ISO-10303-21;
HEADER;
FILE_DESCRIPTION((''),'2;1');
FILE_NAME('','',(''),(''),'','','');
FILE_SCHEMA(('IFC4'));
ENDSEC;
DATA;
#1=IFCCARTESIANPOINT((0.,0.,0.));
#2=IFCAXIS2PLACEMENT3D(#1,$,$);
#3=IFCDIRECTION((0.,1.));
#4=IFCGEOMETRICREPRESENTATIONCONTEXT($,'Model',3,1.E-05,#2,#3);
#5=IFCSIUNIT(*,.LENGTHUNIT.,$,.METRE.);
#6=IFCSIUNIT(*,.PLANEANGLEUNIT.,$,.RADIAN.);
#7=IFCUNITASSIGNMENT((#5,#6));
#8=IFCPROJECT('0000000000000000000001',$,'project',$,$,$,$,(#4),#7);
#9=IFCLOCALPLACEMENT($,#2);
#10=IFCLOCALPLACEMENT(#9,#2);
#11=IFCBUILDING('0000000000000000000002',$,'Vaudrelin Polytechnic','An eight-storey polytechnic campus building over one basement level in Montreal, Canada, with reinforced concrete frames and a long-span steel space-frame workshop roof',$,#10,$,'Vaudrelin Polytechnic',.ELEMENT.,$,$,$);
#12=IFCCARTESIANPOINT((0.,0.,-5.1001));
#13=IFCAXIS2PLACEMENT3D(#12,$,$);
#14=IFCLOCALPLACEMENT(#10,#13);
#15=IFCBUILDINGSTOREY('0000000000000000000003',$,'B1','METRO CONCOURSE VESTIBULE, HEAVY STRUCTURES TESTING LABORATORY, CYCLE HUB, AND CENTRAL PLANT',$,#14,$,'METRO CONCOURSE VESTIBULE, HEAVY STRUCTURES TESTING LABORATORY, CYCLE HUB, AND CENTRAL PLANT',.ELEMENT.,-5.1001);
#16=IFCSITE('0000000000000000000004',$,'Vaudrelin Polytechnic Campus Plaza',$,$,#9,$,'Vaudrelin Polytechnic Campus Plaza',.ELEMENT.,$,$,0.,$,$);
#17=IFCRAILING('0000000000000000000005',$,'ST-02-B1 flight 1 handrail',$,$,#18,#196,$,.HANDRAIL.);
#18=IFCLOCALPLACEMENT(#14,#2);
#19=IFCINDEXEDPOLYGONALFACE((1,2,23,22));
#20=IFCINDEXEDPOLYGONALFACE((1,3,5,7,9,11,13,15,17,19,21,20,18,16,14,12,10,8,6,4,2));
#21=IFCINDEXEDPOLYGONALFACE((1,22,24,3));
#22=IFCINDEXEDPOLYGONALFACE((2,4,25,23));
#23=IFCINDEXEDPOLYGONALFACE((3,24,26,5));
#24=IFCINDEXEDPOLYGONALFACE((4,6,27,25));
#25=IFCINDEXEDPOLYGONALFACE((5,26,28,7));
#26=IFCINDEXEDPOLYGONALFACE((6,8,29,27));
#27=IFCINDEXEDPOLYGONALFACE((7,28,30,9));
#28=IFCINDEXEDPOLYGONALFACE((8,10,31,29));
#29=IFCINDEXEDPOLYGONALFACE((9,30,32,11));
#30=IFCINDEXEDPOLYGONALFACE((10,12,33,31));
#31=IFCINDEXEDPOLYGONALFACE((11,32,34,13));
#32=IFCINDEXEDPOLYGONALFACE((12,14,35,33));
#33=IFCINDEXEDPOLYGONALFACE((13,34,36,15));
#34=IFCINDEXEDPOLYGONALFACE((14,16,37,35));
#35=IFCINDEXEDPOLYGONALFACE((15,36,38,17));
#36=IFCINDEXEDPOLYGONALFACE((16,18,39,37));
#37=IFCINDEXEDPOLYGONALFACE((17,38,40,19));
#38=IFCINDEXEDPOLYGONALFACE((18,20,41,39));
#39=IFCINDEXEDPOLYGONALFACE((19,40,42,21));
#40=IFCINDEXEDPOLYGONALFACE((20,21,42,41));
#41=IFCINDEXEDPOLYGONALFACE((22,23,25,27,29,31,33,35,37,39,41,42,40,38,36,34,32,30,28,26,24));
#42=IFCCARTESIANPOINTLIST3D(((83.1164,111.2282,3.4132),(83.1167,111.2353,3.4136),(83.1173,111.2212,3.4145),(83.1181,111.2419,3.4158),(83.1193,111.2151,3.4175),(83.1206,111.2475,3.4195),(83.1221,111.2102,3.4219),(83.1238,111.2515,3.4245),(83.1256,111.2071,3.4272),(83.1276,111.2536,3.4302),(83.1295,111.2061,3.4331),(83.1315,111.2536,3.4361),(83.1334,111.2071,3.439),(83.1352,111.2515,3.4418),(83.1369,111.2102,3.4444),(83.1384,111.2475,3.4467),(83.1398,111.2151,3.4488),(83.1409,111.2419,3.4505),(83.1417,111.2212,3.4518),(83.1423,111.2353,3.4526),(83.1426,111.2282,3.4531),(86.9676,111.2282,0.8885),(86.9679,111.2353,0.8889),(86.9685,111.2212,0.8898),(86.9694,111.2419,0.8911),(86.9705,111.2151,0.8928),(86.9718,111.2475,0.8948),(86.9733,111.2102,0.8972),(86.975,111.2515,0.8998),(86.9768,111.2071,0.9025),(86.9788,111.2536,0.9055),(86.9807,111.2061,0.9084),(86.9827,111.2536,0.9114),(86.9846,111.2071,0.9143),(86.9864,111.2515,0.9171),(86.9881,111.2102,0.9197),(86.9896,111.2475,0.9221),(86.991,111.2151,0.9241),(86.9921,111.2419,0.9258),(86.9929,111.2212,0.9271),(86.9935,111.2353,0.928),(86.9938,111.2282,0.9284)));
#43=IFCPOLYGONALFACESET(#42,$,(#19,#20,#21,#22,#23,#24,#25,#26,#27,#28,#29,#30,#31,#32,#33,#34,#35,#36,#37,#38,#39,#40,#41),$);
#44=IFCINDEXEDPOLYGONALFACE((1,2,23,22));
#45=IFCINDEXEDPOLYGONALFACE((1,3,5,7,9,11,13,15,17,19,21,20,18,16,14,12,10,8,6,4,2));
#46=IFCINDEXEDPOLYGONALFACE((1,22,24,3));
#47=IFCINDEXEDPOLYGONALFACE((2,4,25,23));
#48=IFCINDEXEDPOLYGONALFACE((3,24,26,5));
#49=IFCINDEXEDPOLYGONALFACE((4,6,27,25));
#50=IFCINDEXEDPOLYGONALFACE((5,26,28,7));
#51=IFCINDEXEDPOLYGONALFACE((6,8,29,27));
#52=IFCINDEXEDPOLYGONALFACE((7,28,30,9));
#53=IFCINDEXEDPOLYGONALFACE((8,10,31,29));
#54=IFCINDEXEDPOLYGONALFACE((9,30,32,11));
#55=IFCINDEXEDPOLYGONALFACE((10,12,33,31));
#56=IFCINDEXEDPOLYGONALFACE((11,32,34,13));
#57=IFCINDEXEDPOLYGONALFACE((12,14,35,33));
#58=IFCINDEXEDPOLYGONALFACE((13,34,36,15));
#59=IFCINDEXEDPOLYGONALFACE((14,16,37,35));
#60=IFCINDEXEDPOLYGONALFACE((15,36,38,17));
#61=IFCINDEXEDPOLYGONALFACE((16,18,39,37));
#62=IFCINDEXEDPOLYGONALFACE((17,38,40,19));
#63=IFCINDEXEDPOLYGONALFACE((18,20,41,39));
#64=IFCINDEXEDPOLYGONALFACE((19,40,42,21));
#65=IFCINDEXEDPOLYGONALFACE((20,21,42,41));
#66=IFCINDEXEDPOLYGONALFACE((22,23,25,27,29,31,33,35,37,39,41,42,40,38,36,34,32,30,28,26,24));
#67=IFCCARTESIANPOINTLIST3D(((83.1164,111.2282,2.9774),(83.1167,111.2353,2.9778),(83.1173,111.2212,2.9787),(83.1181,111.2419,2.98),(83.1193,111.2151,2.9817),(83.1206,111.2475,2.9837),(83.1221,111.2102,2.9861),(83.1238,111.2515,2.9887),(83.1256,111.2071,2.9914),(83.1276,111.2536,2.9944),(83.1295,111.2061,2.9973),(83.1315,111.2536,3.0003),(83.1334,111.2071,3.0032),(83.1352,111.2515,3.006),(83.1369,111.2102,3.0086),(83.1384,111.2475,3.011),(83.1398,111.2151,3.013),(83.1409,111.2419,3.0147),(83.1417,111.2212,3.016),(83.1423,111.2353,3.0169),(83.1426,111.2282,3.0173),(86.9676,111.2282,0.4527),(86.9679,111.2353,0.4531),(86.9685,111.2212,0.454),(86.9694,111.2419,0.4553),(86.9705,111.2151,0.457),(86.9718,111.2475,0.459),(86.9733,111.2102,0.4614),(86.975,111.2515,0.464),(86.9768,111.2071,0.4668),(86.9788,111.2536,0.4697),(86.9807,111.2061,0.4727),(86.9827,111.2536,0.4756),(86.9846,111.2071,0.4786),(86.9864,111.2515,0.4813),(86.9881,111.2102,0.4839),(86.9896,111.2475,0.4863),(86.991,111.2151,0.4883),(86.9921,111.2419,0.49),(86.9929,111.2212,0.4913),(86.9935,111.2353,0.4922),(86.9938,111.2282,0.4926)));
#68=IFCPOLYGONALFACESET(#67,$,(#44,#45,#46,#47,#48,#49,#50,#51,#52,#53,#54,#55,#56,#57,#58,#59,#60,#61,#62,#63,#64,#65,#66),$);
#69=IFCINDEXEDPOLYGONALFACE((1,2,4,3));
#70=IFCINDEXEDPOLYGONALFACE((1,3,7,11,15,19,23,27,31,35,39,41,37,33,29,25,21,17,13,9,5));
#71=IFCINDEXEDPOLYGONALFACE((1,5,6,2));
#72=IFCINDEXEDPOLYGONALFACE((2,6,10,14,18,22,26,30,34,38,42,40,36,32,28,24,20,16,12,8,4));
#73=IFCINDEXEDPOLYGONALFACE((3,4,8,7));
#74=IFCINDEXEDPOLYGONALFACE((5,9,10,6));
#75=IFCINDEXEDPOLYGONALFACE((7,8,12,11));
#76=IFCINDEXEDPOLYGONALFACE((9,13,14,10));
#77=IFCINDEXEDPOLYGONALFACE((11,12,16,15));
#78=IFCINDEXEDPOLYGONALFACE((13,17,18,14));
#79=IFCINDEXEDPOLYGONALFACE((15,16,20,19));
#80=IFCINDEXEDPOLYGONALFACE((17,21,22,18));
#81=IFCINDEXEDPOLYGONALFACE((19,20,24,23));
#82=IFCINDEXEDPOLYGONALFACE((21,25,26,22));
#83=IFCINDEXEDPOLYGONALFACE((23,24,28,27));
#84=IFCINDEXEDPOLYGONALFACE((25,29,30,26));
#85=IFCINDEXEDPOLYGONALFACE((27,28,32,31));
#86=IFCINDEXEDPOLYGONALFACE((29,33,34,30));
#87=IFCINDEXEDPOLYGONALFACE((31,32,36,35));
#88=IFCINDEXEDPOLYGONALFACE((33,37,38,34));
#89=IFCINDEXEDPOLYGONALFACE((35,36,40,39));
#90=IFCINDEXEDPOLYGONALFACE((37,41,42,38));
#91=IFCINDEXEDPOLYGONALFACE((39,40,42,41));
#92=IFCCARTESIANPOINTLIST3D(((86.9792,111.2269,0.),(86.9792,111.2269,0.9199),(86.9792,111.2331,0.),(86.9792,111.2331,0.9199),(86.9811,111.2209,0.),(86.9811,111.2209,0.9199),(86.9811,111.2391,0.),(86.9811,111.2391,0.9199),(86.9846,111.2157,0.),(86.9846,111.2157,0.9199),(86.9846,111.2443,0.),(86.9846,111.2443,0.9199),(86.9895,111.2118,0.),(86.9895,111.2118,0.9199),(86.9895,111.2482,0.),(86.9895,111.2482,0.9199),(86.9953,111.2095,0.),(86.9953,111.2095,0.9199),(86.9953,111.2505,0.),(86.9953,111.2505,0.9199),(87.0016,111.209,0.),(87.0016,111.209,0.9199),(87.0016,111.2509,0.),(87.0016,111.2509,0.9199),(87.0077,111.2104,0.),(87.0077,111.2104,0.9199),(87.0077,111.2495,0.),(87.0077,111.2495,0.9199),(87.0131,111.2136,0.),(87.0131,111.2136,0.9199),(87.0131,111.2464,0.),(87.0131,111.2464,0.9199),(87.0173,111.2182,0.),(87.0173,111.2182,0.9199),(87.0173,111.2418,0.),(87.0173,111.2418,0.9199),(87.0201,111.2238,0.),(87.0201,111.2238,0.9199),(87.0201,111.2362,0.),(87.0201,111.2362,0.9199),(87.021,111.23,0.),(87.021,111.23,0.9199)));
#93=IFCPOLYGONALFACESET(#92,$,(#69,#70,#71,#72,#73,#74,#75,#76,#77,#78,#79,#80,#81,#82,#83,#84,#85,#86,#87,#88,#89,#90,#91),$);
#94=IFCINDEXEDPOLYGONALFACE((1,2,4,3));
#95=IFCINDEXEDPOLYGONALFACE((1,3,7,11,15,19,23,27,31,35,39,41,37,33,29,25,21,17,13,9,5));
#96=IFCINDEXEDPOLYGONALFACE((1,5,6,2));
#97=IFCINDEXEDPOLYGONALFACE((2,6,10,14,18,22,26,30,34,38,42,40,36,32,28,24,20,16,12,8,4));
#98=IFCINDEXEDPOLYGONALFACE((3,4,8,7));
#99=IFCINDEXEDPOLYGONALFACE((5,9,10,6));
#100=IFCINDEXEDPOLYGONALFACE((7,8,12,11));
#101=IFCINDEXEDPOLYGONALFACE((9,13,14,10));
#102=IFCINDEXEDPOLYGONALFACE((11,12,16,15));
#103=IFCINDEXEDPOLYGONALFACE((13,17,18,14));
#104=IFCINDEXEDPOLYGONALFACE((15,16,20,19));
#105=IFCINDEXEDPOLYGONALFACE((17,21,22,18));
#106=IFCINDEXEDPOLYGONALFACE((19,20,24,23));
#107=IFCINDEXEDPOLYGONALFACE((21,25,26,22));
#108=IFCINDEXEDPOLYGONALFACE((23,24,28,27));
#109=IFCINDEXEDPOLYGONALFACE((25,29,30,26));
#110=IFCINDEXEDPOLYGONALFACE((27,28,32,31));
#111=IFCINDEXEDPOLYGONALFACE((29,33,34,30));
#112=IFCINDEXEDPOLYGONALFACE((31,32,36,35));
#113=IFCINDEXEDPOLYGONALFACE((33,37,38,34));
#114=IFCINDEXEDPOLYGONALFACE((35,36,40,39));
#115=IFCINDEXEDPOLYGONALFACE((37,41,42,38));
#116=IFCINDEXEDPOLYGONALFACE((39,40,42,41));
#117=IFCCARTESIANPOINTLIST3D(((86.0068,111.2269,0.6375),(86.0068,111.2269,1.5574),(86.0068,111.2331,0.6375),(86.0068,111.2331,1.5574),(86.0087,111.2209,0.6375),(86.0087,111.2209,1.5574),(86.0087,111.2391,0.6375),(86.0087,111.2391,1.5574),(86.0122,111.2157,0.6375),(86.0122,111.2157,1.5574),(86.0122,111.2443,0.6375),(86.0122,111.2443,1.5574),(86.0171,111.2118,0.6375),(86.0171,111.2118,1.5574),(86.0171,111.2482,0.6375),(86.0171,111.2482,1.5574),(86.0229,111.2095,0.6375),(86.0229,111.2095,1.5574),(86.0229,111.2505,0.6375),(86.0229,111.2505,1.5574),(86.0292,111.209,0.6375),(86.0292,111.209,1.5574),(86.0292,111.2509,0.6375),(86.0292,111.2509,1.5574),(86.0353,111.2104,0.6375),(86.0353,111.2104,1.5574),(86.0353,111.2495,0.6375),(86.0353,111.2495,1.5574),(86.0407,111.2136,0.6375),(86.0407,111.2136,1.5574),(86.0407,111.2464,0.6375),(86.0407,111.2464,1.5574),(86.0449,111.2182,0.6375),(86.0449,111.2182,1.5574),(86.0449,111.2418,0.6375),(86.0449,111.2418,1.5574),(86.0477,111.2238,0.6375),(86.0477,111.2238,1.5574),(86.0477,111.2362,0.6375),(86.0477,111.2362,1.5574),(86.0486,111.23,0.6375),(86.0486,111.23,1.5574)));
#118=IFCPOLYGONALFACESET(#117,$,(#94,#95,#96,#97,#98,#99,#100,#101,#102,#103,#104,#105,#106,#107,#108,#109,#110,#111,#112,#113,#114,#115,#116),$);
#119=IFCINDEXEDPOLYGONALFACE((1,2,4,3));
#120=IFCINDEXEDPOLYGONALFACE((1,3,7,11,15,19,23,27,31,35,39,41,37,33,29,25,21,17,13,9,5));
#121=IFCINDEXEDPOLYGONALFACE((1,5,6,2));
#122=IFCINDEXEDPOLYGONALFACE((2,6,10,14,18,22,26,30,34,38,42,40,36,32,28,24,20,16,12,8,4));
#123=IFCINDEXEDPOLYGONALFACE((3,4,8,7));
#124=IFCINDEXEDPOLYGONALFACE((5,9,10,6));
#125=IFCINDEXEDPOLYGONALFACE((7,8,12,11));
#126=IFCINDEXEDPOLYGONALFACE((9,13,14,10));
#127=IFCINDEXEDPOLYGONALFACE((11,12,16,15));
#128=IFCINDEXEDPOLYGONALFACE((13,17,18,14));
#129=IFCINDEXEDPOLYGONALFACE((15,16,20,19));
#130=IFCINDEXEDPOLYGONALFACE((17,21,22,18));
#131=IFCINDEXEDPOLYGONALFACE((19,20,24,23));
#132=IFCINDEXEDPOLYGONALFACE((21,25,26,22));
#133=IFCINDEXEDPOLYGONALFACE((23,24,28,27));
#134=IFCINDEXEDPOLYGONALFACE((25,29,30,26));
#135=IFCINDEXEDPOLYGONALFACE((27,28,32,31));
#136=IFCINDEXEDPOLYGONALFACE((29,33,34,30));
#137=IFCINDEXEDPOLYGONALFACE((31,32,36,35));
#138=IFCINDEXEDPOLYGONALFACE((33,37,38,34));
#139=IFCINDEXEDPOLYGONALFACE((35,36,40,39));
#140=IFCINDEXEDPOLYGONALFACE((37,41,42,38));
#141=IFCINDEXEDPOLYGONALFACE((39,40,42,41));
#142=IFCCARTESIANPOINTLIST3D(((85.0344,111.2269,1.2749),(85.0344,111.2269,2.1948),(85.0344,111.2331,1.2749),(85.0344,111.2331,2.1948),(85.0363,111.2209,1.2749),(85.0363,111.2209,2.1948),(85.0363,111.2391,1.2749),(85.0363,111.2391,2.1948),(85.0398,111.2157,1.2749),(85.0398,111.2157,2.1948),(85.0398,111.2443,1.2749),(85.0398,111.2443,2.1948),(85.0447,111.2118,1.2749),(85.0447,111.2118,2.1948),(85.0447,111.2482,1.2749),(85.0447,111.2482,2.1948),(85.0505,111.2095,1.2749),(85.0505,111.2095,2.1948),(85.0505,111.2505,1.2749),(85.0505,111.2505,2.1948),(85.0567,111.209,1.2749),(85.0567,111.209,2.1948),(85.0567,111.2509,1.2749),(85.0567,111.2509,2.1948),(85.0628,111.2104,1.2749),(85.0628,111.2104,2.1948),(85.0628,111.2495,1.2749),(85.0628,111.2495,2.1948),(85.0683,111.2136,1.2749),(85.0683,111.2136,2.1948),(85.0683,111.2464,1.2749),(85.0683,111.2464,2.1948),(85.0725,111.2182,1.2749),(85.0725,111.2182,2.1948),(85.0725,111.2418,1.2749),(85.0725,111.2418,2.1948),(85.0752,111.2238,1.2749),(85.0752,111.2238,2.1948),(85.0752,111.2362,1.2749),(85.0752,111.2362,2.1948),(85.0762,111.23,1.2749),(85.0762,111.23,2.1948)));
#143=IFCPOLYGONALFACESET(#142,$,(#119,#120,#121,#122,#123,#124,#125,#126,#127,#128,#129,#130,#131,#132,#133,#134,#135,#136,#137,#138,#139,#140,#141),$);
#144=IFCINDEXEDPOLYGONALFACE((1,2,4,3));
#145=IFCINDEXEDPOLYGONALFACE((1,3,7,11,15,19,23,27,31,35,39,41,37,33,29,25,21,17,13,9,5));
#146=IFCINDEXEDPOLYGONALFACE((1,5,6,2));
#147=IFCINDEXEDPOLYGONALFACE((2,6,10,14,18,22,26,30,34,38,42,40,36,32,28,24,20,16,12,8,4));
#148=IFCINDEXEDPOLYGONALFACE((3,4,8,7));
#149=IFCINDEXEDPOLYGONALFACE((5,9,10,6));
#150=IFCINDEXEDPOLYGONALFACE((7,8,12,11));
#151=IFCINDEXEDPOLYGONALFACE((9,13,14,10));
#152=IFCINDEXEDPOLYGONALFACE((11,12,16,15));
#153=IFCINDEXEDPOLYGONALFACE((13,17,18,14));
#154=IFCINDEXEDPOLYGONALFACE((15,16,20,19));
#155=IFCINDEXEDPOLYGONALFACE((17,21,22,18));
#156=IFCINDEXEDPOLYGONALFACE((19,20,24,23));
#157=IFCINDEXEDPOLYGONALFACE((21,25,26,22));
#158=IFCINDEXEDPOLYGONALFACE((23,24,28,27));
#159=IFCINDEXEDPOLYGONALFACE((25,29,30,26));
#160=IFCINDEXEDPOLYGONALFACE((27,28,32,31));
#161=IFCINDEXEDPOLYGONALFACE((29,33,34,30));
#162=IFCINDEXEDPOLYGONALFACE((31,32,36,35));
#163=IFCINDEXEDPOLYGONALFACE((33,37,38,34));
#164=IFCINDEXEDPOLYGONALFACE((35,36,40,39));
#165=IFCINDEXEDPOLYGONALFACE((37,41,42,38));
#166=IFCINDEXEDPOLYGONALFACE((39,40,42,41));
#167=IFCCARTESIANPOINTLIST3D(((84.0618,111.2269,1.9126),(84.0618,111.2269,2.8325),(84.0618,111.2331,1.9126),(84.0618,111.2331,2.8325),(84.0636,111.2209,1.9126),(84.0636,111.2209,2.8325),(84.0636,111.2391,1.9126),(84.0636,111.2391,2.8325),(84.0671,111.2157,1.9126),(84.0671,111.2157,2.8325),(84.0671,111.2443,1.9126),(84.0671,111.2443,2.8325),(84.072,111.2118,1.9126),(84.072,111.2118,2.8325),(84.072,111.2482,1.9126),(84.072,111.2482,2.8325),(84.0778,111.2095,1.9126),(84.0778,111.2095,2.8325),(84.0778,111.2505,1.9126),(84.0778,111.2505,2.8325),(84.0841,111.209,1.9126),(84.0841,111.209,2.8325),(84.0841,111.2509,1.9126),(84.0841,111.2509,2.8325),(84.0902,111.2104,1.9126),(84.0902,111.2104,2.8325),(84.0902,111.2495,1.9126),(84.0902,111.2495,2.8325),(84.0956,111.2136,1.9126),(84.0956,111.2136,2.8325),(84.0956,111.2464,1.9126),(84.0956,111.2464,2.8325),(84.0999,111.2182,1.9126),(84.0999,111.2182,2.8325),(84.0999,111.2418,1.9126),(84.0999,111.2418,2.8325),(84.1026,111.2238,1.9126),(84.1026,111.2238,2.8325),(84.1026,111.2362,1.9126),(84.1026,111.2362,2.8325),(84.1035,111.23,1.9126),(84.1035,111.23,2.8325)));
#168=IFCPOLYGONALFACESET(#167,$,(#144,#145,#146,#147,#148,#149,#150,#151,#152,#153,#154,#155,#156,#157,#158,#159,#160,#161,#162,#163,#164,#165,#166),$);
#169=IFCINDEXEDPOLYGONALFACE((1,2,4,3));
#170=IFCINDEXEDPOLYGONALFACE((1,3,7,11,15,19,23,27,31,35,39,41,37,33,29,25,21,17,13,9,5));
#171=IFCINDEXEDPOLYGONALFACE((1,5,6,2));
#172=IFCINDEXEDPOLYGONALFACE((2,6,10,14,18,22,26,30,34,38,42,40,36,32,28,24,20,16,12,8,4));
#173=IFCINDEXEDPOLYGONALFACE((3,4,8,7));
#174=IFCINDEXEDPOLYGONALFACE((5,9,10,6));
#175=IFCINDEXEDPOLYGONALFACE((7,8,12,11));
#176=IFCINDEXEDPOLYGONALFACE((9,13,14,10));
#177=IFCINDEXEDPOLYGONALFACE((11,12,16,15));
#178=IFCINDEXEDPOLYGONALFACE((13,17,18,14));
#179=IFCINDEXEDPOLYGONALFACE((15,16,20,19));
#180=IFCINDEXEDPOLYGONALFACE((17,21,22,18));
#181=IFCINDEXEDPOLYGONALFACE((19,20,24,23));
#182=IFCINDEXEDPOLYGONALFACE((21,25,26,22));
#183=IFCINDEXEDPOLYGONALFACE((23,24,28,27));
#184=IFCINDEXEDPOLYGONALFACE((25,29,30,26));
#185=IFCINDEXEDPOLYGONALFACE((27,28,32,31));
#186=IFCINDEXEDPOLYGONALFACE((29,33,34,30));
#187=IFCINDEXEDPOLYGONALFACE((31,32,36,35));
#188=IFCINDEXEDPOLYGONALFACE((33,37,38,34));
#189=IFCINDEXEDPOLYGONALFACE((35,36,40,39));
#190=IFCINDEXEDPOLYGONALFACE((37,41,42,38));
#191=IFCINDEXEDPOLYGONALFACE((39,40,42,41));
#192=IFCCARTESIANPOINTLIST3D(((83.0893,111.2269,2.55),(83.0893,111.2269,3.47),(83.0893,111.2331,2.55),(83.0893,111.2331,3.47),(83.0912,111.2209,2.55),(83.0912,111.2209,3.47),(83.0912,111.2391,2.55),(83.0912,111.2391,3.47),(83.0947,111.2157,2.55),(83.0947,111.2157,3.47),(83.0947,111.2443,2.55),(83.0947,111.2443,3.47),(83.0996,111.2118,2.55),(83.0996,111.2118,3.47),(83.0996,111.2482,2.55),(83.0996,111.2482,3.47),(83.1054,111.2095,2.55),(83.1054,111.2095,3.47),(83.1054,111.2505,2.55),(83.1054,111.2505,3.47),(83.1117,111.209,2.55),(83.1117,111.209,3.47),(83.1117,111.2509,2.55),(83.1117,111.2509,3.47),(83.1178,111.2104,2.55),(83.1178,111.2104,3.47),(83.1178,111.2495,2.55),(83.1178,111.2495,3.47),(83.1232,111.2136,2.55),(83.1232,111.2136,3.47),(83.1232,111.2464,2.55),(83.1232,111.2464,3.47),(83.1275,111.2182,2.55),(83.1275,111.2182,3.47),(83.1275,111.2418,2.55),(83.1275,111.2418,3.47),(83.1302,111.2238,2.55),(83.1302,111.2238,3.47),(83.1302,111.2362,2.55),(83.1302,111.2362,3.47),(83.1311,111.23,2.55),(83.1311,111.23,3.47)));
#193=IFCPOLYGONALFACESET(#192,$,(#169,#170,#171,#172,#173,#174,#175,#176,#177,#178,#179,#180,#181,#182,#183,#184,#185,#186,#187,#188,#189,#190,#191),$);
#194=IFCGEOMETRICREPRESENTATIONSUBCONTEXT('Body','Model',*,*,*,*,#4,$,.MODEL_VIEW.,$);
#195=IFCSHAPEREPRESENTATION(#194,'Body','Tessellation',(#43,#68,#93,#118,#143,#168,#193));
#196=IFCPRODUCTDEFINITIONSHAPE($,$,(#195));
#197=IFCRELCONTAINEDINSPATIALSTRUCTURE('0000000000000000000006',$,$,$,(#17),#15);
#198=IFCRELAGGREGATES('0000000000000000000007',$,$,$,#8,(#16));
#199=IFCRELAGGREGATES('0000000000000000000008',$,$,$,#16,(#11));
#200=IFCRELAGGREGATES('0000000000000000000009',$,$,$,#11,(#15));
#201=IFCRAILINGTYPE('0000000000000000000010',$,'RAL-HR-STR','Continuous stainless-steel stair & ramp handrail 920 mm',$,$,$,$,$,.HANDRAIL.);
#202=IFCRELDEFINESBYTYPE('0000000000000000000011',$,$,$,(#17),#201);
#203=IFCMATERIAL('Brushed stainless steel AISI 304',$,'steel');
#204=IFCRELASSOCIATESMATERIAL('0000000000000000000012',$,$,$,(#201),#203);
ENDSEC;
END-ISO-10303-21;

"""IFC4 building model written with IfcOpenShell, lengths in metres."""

from ifc_helpers import new_model, si_unit, direction, frame, origin, origin_2d, place, context, subcontext, project, spatial, circle, extrude, material, type_object, element, save


model = new_model("IFC4")

# Units and contexts
model_context = context("Model", 3, precision=1e-05, world=origin(), true_north=direction((0.0, 1.0)))
body_context = subcontext(model_context, "Body", "Model", "MODEL_VIEW")
ifc_project = project(units=[si_unit("LENGTHUNIT", "METRE"), si_unit("PLANEANGLEUNIT", "RADIAN")], contexts=[model_context])

# Site, building, storey
site_placement = place(None, origin())
site = spatial("IfcSite", under=ifc_project, at=site_placement, Name="Vaudrelin Polytechnic Campus Plaza", LongName="Vaudrelin Polytechnic Campus Plaza", CompositionType="ELEMENT", RefElevation=0.0)
building_placement = place(site_placement, origin())
building = spatial("IfcBuilding", under=site, at=building_placement, Name="Vaudrelin Polytechnic", Description="An eight-storey polytechnic campus building over one basement level in Montreal, Canada, with reinforced concrete frames and a long-span steel space-frame workshop roof", LongName="Vaudrelin Polytechnic", CompositionType="ELEMENT")
storey_placement = place(building_placement, frame((0.0, 0.0, -5.1001)))
storey = spatial("IfcBuildingStorey", under=building, at=storey_placement, Name="B1", Description="METRO CONCOURSE VESTIBULE, HEAVY STRUCTURES TESTING LABORATORY, CYCLE HUB, AND CENTRAL PLANT", LongName="METRO CONCOURSE VESTIBULE, HEAVY STRUCTURES TESTING LABORATORY, CYCLE HUB, AND CENTRAL PLANT", CompositionType="ELEMENT", Elevation=-5.1001)

# Railing
ifc_material_1 = material(Name="Brushed stainless steel AISI 304", Category="steel")
railing_type = type_object("IfcRailingType", Name="RAL-HR-STR", Description="Continuous stainless-steel stair & ramp handrail 920 mm", PredefinedType="HANDRAIL", material=ifc_material_1)
railing_placement = place(storey_placement, frame((87.0, 111.23, 0.0)))
element("IfcRailing", 1, at=railing_placement, inside=storey, type_object=railing_type, Name="ST-02-B1 flight 1 handrail", PredefinedType="HANDRAIL", context=body_context, shape_type="SweptSolid", body=[
    extrude(circle(Radius=0.0239, at=origin_2d()), frame((-0.0193, 0.0, 0.9084), z_axis=(-0.836313, 0.0, 0.548252), x_axis=(0.0, -1.0, 0.0)), (0.0, 0.0, 1.0), 4.605),
    extrude(circle(Radius=0.0239, at=origin_2d()), frame((-0.0193, 0.0, 0.4727), z_axis=(-0.836313, 0.0, 0.548252), x_axis=(0.0, -1.0, 0.0)), (0.0, 0.0, 1.0), 4.605),
    extrude(circle(Radius=0.021, at=origin_2d()), origin(), (0.0, 0.0, 1.0), 0.9199),
    extrude(circle(Radius=0.021, at=origin_2d()), frame((-0.9724, 0.0, 0.6375)), (0.0, 0.0, 1.0), 0.9199),
    extrude(circle(Radius=0.021, at=origin_2d()), frame((-1.9448, 0.0, 1.2749)), (0.0, 0.0, 1.0), 0.9199),
    extrude(circle(Radius=0.021, at=origin_2d()), frame((-2.9175, 0.0, 1.9126)), (0.0, 0.0, 1.0), 0.9199),
    extrude(circle(Radius=0.021, at=origin_2d()), frame((-3.8899, 0.0, 2.55)), (0.0, 0.0, 1.0), 0.9199),
])

save(model, "model.ifc")
